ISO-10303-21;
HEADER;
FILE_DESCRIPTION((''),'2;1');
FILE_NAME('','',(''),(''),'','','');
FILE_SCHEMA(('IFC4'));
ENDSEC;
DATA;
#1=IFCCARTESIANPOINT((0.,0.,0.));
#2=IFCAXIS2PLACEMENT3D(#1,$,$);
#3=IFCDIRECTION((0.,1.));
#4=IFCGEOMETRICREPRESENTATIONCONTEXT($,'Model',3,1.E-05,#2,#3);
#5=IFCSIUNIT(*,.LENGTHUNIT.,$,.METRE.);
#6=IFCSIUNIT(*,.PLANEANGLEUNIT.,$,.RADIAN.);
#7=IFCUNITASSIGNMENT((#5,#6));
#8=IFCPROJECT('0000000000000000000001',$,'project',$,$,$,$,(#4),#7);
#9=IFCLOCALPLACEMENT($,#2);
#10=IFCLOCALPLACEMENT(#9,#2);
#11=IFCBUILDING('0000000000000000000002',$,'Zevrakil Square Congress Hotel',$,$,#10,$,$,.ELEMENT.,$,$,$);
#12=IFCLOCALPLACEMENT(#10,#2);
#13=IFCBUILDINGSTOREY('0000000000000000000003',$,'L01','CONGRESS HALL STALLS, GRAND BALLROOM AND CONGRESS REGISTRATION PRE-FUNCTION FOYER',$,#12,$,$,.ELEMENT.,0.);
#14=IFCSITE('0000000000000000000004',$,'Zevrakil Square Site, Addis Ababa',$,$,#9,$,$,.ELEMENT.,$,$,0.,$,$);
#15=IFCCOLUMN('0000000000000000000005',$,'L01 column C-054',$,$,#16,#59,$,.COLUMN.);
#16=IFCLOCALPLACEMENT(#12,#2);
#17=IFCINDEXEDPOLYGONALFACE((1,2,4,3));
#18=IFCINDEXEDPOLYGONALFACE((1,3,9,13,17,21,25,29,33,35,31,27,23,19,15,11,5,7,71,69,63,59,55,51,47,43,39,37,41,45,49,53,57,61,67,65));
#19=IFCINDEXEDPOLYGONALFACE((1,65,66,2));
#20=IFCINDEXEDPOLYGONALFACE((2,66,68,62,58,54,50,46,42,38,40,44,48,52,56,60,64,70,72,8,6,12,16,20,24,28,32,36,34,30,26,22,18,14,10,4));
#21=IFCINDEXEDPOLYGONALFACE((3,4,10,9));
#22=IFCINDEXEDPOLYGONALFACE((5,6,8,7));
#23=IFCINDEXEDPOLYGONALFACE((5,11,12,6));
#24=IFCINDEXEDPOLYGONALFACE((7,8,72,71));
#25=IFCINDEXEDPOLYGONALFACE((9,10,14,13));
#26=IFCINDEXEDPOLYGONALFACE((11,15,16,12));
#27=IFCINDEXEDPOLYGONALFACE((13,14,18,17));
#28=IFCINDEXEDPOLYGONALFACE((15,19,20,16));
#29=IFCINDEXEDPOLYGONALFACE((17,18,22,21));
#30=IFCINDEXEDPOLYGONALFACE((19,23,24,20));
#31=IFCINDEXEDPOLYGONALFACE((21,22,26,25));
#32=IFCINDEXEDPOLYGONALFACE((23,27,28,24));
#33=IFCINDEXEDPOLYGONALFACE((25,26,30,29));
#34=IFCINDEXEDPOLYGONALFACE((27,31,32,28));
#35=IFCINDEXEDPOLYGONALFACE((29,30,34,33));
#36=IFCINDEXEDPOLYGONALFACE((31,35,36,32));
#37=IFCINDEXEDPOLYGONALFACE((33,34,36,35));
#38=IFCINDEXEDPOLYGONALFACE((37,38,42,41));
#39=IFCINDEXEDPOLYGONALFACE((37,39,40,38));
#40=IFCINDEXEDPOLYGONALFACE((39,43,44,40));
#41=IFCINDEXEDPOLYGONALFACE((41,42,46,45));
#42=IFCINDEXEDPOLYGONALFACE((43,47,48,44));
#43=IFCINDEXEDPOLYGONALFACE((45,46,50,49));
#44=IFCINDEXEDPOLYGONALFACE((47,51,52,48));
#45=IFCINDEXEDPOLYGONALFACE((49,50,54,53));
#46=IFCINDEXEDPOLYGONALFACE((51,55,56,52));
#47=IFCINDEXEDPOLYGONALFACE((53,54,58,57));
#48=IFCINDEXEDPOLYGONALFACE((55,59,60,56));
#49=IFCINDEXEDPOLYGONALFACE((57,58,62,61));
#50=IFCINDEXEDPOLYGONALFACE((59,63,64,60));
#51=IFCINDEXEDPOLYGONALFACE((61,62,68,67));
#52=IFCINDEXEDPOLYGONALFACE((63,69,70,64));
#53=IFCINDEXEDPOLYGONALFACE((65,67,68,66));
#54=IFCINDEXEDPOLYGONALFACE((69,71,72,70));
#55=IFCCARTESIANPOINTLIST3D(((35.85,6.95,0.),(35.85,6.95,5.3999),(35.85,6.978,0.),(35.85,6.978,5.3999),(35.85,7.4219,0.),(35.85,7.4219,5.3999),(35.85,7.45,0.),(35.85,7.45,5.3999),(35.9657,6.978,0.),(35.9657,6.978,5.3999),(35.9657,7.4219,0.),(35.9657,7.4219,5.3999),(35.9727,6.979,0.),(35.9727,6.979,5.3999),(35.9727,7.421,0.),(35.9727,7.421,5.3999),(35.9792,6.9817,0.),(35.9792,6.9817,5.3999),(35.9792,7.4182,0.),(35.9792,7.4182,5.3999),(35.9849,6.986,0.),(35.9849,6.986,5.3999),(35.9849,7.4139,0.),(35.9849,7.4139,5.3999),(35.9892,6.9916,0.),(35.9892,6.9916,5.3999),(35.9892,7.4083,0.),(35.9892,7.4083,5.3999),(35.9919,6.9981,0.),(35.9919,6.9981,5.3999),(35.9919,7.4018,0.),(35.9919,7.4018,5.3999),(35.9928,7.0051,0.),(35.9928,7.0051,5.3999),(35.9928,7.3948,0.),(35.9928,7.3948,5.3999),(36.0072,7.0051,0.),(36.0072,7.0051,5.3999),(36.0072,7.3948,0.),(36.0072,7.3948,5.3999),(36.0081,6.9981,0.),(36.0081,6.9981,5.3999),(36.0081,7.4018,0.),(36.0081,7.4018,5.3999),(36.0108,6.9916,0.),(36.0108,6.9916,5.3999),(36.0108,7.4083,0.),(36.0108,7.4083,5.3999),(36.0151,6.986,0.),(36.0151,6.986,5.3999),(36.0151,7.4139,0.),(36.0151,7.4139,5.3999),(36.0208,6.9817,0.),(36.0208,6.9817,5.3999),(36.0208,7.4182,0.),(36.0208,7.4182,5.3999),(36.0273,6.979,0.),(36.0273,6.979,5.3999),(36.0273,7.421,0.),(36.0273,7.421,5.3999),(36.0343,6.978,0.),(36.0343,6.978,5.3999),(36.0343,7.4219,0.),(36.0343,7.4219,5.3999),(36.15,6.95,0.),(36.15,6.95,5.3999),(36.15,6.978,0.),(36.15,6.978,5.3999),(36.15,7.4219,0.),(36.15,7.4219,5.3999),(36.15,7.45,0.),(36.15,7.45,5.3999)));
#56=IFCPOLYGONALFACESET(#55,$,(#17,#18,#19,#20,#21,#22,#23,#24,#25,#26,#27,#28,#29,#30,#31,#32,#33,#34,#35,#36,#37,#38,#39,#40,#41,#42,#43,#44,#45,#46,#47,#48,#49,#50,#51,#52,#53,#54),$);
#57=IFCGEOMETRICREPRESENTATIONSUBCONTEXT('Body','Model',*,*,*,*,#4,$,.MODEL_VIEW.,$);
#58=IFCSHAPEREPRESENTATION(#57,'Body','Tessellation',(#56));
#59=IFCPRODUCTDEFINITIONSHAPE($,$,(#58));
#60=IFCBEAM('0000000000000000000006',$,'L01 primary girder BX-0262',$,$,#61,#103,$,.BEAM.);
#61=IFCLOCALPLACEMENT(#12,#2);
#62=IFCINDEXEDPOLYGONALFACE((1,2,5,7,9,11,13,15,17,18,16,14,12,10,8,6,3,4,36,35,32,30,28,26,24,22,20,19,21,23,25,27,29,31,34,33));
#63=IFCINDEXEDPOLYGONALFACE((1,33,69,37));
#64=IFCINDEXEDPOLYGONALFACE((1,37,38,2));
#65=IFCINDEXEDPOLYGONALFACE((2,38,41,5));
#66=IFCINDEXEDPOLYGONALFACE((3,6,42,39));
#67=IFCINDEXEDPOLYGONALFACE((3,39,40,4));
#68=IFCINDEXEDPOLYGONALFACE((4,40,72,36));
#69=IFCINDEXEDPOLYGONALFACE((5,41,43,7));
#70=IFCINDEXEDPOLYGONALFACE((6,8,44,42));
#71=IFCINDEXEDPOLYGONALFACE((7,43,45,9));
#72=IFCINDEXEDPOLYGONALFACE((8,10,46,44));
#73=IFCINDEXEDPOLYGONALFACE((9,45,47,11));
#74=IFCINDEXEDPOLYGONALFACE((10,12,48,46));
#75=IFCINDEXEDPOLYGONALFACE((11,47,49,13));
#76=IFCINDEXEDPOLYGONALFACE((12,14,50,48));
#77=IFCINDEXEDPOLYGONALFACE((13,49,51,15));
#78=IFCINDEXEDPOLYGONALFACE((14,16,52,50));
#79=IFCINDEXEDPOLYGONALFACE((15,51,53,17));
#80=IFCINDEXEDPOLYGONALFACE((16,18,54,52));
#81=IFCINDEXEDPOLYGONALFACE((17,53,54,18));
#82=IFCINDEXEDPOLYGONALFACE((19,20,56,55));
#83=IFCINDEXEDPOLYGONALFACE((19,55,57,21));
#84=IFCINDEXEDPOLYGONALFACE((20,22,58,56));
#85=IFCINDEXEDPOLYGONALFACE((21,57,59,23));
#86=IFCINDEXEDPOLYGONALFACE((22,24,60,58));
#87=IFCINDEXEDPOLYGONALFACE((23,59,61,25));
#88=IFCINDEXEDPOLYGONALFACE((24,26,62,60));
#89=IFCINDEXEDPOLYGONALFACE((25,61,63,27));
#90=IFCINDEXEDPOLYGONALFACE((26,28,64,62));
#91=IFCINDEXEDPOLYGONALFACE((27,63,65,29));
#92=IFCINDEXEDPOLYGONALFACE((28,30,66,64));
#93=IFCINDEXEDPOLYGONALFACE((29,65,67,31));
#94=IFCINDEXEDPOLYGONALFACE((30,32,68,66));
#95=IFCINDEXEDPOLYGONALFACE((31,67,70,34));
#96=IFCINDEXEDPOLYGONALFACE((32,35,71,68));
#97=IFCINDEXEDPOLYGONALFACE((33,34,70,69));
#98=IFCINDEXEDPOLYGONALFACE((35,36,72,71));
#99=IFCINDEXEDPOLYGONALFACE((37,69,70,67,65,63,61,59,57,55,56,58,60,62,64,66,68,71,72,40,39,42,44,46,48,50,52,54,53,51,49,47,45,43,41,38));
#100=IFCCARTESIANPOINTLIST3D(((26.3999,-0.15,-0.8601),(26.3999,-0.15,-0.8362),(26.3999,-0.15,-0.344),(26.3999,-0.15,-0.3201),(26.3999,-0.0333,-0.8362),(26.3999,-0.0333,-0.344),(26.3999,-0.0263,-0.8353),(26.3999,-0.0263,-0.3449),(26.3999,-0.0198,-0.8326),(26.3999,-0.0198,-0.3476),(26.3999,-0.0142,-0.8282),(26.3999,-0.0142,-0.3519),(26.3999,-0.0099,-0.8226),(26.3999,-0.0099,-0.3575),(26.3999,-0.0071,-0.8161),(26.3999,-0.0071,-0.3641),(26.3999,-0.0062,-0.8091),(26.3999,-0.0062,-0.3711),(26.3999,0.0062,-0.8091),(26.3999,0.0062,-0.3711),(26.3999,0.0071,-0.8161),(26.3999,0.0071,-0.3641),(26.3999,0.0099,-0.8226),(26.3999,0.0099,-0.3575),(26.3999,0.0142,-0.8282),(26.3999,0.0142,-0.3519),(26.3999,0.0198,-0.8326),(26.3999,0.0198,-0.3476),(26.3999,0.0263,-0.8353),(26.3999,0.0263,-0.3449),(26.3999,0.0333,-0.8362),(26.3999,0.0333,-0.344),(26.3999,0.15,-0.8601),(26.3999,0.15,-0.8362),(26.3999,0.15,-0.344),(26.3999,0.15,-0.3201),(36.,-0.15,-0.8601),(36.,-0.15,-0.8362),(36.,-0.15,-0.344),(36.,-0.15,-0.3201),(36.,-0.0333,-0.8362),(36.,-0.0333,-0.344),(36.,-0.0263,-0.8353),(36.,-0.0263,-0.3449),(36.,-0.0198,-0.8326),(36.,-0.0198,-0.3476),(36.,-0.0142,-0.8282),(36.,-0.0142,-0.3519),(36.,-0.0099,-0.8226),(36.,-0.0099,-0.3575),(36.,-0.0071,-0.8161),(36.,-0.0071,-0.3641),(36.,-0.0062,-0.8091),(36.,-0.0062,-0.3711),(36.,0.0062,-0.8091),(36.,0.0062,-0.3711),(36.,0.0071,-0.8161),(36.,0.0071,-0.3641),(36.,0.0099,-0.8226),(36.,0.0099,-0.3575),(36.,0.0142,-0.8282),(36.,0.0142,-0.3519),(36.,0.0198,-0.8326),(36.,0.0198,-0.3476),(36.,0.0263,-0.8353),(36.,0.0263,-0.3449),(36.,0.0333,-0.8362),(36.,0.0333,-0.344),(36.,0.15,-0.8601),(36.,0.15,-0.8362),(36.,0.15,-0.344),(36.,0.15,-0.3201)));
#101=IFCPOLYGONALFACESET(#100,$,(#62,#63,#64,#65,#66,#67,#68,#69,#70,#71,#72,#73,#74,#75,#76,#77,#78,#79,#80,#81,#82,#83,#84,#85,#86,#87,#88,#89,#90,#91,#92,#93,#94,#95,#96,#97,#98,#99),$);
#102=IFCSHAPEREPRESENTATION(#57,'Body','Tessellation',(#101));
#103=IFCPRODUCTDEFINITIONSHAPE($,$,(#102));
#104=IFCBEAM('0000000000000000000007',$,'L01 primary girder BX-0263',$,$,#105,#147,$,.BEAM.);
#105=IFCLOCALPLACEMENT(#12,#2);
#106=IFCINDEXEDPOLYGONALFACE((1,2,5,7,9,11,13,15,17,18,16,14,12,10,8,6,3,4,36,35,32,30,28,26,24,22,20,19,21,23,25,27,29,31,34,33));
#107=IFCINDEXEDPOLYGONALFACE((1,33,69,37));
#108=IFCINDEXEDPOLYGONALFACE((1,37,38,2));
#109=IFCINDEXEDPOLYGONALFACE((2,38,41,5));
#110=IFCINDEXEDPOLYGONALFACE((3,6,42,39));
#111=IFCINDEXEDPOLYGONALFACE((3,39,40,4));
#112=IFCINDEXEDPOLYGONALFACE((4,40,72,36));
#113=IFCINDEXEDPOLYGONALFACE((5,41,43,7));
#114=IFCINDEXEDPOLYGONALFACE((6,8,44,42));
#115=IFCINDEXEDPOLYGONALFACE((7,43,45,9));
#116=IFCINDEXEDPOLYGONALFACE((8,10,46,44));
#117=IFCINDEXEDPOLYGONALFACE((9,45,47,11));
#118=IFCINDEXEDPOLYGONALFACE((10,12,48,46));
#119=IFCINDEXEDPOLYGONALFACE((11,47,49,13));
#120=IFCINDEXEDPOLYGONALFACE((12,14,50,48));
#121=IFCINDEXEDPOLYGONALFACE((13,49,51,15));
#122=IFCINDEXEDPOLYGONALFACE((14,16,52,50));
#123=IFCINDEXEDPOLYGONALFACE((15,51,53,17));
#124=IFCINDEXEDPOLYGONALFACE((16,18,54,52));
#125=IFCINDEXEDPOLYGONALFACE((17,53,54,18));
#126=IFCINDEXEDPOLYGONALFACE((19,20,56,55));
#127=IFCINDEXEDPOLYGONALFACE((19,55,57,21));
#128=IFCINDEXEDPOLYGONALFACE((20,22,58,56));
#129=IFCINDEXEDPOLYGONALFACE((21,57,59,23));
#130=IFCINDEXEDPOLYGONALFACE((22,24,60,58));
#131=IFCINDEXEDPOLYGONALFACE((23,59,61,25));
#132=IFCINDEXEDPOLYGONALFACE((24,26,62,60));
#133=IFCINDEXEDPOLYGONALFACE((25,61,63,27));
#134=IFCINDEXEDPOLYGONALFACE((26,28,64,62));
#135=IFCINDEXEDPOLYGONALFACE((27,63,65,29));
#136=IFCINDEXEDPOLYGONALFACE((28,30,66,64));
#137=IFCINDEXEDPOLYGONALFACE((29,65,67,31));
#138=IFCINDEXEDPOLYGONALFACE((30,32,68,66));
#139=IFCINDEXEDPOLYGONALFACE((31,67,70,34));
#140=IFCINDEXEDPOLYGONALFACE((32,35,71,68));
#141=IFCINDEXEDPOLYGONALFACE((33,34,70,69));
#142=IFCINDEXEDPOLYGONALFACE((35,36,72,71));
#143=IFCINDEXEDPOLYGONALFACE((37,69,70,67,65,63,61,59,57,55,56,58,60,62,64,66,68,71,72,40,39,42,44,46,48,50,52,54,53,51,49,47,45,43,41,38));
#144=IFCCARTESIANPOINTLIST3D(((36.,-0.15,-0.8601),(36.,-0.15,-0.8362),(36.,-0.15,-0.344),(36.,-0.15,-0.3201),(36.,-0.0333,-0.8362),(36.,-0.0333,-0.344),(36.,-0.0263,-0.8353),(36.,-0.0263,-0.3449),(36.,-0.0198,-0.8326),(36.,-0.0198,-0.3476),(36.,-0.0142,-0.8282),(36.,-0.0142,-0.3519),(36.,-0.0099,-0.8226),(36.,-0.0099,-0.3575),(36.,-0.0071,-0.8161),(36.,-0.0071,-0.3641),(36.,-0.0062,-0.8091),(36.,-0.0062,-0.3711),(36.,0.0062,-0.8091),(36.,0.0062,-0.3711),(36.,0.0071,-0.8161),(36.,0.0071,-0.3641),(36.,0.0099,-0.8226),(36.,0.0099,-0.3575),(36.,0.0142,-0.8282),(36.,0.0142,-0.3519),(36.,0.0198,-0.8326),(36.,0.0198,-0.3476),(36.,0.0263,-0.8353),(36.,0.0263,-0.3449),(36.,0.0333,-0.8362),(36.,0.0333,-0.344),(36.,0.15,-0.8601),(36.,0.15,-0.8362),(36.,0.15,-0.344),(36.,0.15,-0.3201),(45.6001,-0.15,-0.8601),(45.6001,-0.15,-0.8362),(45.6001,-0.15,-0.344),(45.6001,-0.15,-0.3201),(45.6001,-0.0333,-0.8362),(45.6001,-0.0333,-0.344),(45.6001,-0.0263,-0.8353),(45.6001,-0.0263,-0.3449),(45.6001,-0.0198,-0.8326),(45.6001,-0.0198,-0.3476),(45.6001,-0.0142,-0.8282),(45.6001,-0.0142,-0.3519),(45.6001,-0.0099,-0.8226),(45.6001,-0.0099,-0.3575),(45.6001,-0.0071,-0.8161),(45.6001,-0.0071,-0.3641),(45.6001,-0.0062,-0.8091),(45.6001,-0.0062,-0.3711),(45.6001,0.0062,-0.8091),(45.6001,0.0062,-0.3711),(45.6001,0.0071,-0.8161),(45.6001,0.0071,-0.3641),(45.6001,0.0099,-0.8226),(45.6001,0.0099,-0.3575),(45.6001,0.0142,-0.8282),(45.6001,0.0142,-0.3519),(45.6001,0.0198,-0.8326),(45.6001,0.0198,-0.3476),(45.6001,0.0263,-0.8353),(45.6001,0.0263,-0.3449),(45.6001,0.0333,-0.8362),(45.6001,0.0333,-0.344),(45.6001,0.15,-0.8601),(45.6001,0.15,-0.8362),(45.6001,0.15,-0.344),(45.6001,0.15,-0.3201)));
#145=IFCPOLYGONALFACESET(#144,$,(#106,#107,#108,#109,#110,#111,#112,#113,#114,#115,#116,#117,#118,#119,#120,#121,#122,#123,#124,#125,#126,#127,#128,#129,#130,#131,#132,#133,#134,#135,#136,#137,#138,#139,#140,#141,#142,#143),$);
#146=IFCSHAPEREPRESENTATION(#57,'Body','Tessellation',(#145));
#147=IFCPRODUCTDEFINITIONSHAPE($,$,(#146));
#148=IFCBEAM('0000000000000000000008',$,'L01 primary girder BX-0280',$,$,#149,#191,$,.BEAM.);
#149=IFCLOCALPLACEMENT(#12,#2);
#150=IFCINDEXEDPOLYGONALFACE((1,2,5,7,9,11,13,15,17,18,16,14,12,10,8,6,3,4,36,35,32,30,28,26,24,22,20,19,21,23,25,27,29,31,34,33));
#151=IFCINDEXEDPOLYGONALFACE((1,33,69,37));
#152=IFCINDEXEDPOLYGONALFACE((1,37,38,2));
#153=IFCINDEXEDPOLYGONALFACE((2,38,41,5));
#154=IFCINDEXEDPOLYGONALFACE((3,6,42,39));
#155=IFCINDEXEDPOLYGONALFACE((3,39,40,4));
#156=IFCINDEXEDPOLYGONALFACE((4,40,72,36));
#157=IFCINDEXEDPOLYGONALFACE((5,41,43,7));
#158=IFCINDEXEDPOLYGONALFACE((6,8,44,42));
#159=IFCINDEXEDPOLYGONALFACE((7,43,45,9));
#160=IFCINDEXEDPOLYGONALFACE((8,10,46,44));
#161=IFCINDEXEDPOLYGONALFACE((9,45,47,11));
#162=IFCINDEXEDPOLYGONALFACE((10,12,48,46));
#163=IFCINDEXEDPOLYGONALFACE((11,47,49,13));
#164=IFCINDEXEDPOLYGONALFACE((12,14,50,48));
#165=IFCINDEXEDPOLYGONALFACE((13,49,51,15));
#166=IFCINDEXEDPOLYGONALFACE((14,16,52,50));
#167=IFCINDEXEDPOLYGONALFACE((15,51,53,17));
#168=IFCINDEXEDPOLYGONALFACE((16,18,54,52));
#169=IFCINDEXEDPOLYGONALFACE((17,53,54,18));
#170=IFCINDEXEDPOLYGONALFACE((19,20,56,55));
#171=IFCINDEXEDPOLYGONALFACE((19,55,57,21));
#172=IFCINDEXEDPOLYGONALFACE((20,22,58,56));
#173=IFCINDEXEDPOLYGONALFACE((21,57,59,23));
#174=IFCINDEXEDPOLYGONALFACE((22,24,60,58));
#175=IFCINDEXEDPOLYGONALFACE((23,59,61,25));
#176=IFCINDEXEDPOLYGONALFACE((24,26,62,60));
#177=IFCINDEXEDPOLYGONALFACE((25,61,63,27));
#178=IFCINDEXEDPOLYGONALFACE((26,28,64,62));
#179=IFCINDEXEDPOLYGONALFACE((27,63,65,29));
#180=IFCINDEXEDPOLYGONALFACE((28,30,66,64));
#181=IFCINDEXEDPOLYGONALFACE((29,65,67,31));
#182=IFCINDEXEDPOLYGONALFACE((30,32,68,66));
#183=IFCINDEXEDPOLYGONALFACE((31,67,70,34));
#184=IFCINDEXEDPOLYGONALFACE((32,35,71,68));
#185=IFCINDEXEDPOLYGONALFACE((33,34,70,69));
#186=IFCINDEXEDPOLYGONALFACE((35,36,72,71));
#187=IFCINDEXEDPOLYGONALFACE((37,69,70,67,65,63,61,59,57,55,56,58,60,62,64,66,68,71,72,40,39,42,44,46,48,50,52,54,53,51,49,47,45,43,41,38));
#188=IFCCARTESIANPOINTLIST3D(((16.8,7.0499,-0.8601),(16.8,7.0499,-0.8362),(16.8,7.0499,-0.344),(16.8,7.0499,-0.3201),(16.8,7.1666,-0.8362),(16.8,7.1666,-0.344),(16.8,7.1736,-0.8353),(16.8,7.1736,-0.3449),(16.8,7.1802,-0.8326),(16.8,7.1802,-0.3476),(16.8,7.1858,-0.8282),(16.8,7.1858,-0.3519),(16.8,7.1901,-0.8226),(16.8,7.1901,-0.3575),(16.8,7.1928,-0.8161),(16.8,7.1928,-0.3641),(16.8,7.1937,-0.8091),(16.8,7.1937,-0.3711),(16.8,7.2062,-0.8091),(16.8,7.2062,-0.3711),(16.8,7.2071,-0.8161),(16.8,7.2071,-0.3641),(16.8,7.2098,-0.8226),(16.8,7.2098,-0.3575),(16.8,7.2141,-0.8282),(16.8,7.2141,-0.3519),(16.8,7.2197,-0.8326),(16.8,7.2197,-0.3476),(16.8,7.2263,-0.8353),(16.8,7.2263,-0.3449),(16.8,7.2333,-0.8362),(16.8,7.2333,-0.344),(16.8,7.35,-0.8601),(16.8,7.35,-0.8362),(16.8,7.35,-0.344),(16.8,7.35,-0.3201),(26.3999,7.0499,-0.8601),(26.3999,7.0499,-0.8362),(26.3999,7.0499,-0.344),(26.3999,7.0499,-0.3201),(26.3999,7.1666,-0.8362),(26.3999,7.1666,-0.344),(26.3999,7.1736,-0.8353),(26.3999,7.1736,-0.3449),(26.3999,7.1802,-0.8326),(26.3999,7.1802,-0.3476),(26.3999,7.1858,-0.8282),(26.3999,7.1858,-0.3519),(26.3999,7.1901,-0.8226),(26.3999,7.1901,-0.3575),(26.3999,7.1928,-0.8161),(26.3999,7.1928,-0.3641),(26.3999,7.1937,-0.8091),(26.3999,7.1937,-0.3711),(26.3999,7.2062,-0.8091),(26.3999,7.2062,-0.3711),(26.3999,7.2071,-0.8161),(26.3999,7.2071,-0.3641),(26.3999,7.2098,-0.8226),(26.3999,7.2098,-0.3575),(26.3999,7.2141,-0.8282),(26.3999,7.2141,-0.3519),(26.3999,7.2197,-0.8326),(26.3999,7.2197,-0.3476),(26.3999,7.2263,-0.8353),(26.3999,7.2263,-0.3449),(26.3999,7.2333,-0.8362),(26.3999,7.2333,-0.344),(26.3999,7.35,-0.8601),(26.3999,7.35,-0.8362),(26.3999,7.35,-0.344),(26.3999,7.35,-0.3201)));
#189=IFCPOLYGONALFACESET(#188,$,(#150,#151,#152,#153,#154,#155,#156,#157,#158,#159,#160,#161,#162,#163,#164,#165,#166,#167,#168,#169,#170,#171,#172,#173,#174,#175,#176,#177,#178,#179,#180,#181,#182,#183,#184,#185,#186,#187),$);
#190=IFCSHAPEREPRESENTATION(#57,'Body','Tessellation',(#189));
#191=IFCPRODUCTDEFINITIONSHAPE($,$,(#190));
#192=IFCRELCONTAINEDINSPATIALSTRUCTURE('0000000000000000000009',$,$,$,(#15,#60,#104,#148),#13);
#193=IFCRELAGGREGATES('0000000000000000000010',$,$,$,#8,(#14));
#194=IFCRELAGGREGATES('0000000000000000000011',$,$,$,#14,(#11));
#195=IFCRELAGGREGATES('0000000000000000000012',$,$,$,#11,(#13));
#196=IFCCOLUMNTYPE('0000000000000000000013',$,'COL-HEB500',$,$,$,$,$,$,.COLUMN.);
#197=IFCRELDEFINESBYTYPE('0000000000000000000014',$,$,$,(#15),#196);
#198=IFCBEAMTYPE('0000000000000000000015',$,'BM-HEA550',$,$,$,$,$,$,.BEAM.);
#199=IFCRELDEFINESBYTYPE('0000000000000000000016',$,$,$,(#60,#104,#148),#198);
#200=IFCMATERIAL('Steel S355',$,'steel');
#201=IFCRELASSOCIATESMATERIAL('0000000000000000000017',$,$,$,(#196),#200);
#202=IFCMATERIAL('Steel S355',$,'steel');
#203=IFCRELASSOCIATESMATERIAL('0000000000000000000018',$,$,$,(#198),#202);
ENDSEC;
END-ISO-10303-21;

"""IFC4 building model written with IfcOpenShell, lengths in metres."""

from ifc_helpers import new_model, si_unit, direction, frame, origin, origin_2d, place, context, subcontext, project, spatial, i_section, extrude, material, material_profile, profile_set, type_object, element, save


model = new_model("IFC4")

# Units and contexts
model_context = context("Model", 3, precision=1e-05, world=origin(), true_north=direction((0.0, 1.0)))
body_context = subcontext(model_context, "Body", "Model", "MODEL_VIEW")
ifc_project = project(units=[si_unit("LENGTHUNIT", "METRE"), si_unit("PLANEANGLEUNIT", "RADIAN")], contexts=[model_context])

# Site, building, storey
site_placement = place(None, origin())
site = spatial("IfcSite", under=ifc_project, at=site_placement, Name="Zevrakil Square Site, Addis Ababa", CompositionType="ELEMENT", RefElevation=0.0)
building_placement = place(site_placement, origin())
building = spatial("IfcBuilding", under=site, at=building_placement, Name="Zevrakil Square Congress Hotel", CompositionType="ELEMENT")
storey_placement = place(building_placement, origin())
storey = spatial("IfcBuildingStorey", under=building, at=storey_placement, Name="L01", Description="CONGRESS HALL STALLS, GRAND BALLROOM AND CONGRESS REGISTRATION PRE-FUNCTION FOYER", CompositionType="ELEMENT", Elevation=0.0)

# Column
ifc_material_1 = material(Name="Steel S355", Category="steel")
ifc_material_profile_1 = material_profile(ifc_material_1, i_section(OverallWidth=0.3, OverallDepth=0.5, WebThickness=0.0144, FlangeThickness=0.0281, FilletRadius=0.0271, at=origin_2d()), Name="HEB 500")
ifc_profile_set_1 = profile_set([ifc_material_profile_1], Name="Steel S355")
column_type_1 = type_object("IfcColumnType", Name="COL-HEB500", PredefinedType="COLUMN", material=ifc_profile_set_1)
for number, where, z_axis, x_axis, name in (
    (1, (36.0, 7.2, 0.0), (0.0, 0.0, 1.0), (1.0, 0.0, 0.0), "L01 column C-054"),
):
    element("IfcColumn", number, at=place(storey_placement, frame(where, z_axis=z_axis, x_axis=x_axis)), inside=storey, type_object=column_type_1, Name=name, PredefinedType="COLUMN", context=body_context, shape_type="SweptSolid", body=[
        extrude(i_section(OverallWidth=0.3, OverallDepth=0.5, WebThickness=0.0144, FlangeThickness=0.0281, FilletRadius=0.0271, at=origin_2d()), origin(), (0.0, 0.0, 1.0), 5.3999),
    ])

# Beams
ifc_material_2 = material(Name="Steel S355", Category="steel")
ifc_material_profile_2 = material_profile(ifc_material_2, i_section(OverallWidth=0.3, OverallDepth=0.54, WebThickness=0.0125, FlangeThickness=0.0239, FilletRadius=0.0271, at=origin_2d()), Name="HEA 550")
ifc_profile_set_2 = profile_set([ifc_material_profile_2], Name="Steel S355")
beam_type_1 = type_object("IfcBeamType", Name="BM-HEA550", PredefinedType="BEAM", material=ifc_profile_set_2)
for number, where, z_axis, x_axis, name in (
    (2, (26.3999, 0.0, -0.5901), (1.0, 0.0, 0.0), (0.0, 1.0, 0.0), "L01 primary girder BX-0262"),
    (3, (36.0, 0.0, -0.5901), (1.0, 0.0, 0.0), (0.0, 1.0, 0.0), "L01 primary girder BX-0263"),
):
    element("IfcBeam", number, at=place(storey_placement, frame(where, z_axis=z_axis, x_axis=x_axis)), inside=storey, type_object=beam_type_1, Name=name, PredefinedType="BEAM", context=body_context, shape_type="SweptSolid", body=[
        extrude(i_section(OverallWidth=0.3, OverallDepth=0.54, WebThickness=0.0125, FlangeThickness=0.0239, FilletRadius=0.0271, at=origin_2d()), origin(), (0.0, 0.0, 1.0), 9.6001),
    ])
beam_1_placement = place(storey_placement, frame((16.8, 7.2, -0.5901), z_axis=(1.0, 0.0, 0.0), x_axis=(0.0, 1.0, 0.0)))
element("IfcBeam", 4, at=beam_1_placement, inside=storey, type_object=beam_type_1, Name="L01 primary girder BX-0280", PredefinedType="BEAM", context=body_context, shape_type="SweptSolid", body=[
    extrude(i_section(OverallWidth=0.3, OverallDepth=0.54, WebThickness=0.0125, FlangeThickness=0.0239, FilletRadius=0.0271, at=origin_2d()), origin(), (0.0, 0.0, 1.0), 9.5999),
])

save(model, "model.ifc")
